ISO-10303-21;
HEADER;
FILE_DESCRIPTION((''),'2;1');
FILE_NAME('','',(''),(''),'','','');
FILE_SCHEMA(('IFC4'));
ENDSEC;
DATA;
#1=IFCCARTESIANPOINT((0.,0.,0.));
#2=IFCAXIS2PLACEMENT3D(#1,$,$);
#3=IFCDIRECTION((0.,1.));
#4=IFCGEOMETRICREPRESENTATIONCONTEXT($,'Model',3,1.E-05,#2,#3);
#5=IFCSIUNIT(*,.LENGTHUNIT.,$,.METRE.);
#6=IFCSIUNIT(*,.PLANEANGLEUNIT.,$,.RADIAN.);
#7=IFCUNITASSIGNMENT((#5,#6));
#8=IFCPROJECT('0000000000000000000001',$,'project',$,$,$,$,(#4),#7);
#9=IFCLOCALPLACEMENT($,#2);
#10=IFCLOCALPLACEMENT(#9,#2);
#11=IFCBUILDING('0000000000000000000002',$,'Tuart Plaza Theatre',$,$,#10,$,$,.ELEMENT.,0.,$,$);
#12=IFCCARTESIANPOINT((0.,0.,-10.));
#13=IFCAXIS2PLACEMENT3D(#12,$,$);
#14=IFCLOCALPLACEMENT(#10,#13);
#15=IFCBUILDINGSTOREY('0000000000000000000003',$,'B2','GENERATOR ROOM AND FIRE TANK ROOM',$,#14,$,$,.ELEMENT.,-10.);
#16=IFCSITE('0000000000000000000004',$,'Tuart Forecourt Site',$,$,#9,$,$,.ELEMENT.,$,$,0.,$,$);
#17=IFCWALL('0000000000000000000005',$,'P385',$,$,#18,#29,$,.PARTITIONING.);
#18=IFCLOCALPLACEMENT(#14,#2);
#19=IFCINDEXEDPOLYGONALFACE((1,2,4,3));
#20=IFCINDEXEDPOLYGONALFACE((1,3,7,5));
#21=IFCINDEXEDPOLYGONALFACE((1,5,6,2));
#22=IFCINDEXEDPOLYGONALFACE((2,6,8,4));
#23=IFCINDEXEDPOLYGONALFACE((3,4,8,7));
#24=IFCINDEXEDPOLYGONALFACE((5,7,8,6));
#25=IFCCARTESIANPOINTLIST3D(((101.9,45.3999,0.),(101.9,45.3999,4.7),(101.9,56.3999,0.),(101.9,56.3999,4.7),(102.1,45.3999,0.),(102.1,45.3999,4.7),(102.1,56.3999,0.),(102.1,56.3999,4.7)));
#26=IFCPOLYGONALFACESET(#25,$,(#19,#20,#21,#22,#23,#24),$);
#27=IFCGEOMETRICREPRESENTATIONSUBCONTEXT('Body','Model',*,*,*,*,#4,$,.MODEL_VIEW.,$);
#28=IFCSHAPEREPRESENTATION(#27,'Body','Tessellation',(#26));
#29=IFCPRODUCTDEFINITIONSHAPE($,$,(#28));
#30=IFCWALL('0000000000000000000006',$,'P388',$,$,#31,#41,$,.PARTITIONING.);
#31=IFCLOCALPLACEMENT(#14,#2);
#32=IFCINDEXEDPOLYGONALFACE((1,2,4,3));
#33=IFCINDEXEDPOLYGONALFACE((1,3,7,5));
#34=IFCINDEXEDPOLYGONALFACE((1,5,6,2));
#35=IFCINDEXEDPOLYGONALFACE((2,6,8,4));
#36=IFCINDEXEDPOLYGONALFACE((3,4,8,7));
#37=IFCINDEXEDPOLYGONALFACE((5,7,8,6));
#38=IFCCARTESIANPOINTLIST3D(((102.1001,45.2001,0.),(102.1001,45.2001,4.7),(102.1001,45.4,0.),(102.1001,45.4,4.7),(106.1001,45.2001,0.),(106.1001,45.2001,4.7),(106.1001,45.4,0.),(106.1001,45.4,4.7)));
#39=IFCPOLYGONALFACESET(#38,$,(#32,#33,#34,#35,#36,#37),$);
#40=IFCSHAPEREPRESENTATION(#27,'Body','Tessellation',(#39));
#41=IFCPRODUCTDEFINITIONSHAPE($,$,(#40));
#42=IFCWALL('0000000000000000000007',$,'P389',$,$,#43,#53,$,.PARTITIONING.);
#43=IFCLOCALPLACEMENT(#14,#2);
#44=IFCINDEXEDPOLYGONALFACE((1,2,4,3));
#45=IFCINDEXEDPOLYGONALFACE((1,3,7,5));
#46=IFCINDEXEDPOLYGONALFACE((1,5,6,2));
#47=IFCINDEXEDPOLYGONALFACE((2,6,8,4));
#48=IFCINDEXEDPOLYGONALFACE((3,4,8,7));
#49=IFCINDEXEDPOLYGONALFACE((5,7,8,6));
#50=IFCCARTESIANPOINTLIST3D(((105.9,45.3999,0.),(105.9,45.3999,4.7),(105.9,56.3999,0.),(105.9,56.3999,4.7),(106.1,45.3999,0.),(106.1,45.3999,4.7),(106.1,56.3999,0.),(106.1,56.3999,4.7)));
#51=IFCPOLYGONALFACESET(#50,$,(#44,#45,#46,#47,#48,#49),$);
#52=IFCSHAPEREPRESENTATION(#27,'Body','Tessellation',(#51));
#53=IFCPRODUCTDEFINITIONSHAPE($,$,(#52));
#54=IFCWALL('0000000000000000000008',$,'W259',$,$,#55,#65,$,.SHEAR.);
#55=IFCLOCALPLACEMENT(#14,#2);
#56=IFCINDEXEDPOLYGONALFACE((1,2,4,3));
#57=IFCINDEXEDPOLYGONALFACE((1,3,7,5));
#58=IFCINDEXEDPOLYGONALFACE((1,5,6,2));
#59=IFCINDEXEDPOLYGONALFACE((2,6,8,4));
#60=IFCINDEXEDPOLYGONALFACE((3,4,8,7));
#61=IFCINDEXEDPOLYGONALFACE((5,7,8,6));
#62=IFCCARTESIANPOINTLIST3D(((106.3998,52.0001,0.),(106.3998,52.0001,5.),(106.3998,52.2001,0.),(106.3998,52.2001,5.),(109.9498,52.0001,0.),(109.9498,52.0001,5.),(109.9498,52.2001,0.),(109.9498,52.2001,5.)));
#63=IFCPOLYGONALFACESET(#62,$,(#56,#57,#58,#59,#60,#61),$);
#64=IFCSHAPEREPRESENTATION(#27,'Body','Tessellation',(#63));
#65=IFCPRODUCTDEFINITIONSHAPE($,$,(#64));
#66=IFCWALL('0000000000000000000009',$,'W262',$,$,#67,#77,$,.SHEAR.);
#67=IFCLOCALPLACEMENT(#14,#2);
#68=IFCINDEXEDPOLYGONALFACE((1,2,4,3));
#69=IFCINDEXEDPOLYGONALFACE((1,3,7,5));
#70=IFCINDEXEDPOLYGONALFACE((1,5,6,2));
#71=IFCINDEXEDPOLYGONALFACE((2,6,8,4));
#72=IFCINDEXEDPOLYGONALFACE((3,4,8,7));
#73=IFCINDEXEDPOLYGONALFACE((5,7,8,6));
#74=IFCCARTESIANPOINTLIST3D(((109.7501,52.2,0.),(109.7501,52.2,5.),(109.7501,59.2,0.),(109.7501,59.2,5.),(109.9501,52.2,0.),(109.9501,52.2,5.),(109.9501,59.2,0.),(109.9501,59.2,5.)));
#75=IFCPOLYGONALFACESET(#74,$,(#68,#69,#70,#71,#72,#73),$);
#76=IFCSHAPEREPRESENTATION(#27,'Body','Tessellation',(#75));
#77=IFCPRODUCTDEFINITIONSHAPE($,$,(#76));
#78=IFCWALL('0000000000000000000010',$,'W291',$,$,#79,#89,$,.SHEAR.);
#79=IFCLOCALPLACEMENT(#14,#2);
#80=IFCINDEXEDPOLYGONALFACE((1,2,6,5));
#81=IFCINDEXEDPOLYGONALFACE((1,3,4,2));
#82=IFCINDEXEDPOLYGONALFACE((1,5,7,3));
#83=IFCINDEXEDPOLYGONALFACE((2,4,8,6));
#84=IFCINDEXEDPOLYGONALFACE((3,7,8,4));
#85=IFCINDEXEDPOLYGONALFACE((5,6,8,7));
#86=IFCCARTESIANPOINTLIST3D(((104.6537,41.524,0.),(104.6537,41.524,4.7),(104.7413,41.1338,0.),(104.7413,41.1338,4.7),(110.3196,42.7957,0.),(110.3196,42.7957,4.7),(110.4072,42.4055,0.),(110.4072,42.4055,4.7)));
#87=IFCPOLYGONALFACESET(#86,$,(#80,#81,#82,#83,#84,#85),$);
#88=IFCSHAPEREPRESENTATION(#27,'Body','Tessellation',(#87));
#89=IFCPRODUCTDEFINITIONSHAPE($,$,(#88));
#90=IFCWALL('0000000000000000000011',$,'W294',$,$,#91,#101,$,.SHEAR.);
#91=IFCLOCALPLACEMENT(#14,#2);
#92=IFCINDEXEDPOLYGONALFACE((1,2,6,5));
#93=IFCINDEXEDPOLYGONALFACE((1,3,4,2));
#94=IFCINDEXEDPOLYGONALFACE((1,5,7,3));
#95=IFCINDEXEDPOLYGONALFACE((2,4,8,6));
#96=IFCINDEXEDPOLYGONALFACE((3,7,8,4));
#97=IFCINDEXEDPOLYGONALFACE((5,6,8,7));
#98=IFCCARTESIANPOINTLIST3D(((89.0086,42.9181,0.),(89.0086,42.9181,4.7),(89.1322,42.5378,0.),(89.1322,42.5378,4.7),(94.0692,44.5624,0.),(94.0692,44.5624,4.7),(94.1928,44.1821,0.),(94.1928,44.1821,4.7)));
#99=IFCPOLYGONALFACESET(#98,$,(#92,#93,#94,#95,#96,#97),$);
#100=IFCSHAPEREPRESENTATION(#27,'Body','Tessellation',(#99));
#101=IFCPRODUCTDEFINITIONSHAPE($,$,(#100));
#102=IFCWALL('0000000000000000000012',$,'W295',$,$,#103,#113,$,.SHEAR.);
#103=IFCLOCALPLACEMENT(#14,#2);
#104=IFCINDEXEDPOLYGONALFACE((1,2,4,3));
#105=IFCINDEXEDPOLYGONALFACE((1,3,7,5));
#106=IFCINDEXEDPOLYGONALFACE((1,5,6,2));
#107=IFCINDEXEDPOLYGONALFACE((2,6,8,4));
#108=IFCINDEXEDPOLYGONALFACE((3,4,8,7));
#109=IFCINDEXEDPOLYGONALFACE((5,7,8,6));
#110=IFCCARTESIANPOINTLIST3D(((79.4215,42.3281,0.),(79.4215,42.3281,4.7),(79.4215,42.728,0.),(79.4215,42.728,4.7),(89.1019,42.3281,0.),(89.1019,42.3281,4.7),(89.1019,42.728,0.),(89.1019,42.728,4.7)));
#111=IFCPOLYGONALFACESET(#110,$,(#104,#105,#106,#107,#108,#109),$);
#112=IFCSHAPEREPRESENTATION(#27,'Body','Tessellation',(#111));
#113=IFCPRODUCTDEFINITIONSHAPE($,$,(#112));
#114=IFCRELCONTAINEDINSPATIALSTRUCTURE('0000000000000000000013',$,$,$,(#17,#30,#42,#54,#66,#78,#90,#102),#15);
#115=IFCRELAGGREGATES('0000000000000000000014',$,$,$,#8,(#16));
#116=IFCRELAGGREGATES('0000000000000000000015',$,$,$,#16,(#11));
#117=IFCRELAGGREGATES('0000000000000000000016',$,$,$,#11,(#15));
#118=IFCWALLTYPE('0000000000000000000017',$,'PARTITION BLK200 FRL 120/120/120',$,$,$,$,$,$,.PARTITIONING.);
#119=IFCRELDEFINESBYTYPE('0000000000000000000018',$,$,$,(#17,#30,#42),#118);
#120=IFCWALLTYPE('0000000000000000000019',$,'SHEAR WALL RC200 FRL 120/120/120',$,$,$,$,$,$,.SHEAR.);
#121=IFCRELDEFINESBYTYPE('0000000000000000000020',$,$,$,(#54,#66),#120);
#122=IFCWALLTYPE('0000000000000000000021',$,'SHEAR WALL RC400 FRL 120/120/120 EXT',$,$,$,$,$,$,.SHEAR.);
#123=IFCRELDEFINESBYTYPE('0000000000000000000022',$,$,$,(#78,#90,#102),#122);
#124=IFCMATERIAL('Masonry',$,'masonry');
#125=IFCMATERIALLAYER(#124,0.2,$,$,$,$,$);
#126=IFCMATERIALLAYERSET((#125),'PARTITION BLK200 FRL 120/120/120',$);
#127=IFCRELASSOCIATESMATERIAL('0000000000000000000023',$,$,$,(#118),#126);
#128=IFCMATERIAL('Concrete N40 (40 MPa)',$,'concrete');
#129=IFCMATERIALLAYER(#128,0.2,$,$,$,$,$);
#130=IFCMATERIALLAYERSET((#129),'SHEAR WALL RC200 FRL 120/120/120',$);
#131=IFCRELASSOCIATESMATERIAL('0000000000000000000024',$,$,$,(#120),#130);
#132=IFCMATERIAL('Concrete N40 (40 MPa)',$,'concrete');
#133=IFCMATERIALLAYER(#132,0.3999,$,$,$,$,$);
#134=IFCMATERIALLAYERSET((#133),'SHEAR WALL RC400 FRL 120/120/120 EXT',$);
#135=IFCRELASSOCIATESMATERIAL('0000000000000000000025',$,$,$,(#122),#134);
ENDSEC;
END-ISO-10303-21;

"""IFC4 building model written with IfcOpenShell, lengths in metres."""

from ifc_helpers import new_model, si_unit, direction, frame, frame_2d, origin, place, context, subcontext, project, spatial, rectangle, extrude, material, layer, layer_set, type_object, element, save


model = new_model("IFC4")

# Units and contexts
model_context = context("Model", 3, precision=1e-05, world=origin(), true_north=direction((0.0, 1.0)))
body_context = subcontext(model_context, "Body", "Model", "MODEL_VIEW")
ifc_project = project(units=[si_unit("LENGTHUNIT", "METRE"), si_unit("PLANEANGLEUNIT", "RADIAN")], contexts=[model_context])

# Site, building, storey
site_placement = place(None, origin())
site = spatial("IfcSite", under=ifc_project, at=site_placement, Name="Tuart Forecourt Site", CompositionType="ELEMENT", RefElevation=0.0)
building_placement = place(site_placement, origin())
building = spatial("IfcBuilding", under=site, at=building_placement, Name="Tuart Plaza Theatre", CompositionType="ELEMENT", ElevationOfRefHeight=0.0)
storey_placement = place(building_placement, frame((0.0, 0.0, -10.0)))
storey = spatial("IfcBuildingStorey", under=building, at=storey_placement, Name="B2", Description="GENERATOR ROOM AND FIRE TANK ROOM", CompositionType="ELEMENT", Elevation=-10.0)

# Walls
ifc_material_1 = material(Name="Masonry", Category="masonry")
ifc_layer_1 = layer(ifc_material_1, 0.2)
ifc_layer_set_1 = layer_set([ifc_layer_1], Name="PARTITION BLK200 FRL 120/120/120")
wall_type_1 = type_object("IfcWallType", Name="PARTITION BLK200 FRL 120/120/120", PredefinedType="PARTITIONING", material=ifc_layer_set_1)
wall_1_placement = place(storey_placement, frame((102.0, 45.3999, 0.0), z_axis=(0.0, 0.0, 1.0), x_axis=(0.0, 1.0, 0.0)))
element("IfcWall", 1, at=wall_1_placement, inside=storey, type_object=wall_type_1, Name="P385", PredefinedType="PARTITIONING", context=body_context, shape_type="SweptSolid", body=[
    extrude(rectangle(XDim=11.0, YDim=0.2, at=frame_2d((5.5, 0.0))), origin(), (0.0, 0.0, 1.0), 4.7),
])
wall_2_placement = place(storey_placement, frame((102.1001, 45.3, 0.0), z_axis=(0.0, 0.0, 1.0), x_axis=(1.0, 0.0, 0.0)))
element("IfcWall", 2, at=wall_2_placement, inside=storey, type_object=wall_type_1, Name="P388", PredefinedType="PARTITIONING", context=body_context, shape_type="SweptSolid", body=[
    extrude(rectangle(XDim=4.0, YDim=0.2, at=frame_2d((2.0, 0.0))), origin(), (0.0, 0.0, 1.0), 4.7),
])
wall_3_placement = place(storey_placement, frame((106.0, 45.3999, 0.0), z_axis=(0.0, 0.0, 1.0), x_axis=(0.0, 1.0, 0.0)))
element("IfcWall", 3, at=wall_3_placement, inside=storey, type_object=wall_type_1, Name="P389", PredefinedType="PARTITIONING", context=body_context, shape_type="SweptSolid", body=[
    extrude(rectangle(XDim=11.0, YDim=0.2, at=frame_2d((5.5, 0.0))), origin(), (0.0, 0.0, 1.0), 4.7),
])
ifc_material_2 = material(Name="Concrete N40 (40 MPa)", Category="concrete")
ifc_layer_2 = layer(ifc_material_2, 0.2)
ifc_layer_set_2 = layer_set([ifc_layer_2], Name="SHEAR WALL RC200 FRL 120/120/120")
wall_type_2 = type_object("IfcWallType", Name="SHEAR WALL RC200 FRL 120/120/120", PredefinedType="SHEAR", material=ifc_layer_set_2)
wall_4_placement = place(storey_placement, frame((106.3999, 52.1001, 0.0), z_axis=(0.0, 0.0, 1.0), x_axis=(1.0, 0.0, 0.0)))
element("IfcWall", 4, at=wall_4_placement, inside=storey, type_object=wall_type_2, Name="W259", PredefinedType="SHEAR", context=body_context, shape_type="SweptSolid", body=[
    extrude(rectangle(XDim=3.55, YDim=0.2, at=frame_2d((1.7749, 0.0))), origin(), (0.0, 0.0, 1.0), 5.0),
])
wall_5_placement = place(storey_placement, frame((109.8501, 52.2, 0.0), z_axis=(0.0, 0.0, 1.0), x_axis=(0.0, 1.0, 0.0)))
element("IfcWall", 5, at=wall_5_placement, inside=storey, type_object=wall_type_2, Name="W262", PredefinedType="SHEAR", context=body_context, shape_type="SweptSolid", body=[
    extrude(rectangle(XDim=7.0, YDim=0.2, at=frame_2d((3.5, 0.0))), origin(), (0.0, 0.0, 1.0), 5.0),
])
ifc_material_3 = material(Name="Concrete N40 (40 MPa)", Category="concrete")
ifc_layer_3 = layer(ifc_material_3, 0.3999)
ifc_layer_set_3 = layer_set([ifc_layer_3], Name="SHEAR WALL RC400 FRL 120/120/120 EXT")
wall_type_3 = type_object("IfcWallType", Name="SHEAR WALL RC400 FRL 120/120/120 EXT", PredefinedType="SHEAR", material=ifc_layer_set_3)
wall_6_placement = place(storey_placement, frame((110.3633, 42.6006, 0.0), z_axis=(0.0, 0.0, 1.0), x_axis=(-0.975725, -0.219, 0.0)))
element("IfcWall", 6, at=wall_6_placement, inside=storey, type_object=wall_type_3, Name="W291", PredefinedType="SHEAR", context=body_context, shape_type="SweptSolid", body=[
    extrude(rectangle(XDim=5.8069, YDim=0.3999, at=frame_2d((2.9033, 0.0))), origin(), (0.0, 0.0, 1.0), 4.7),
])
wall_7_placement = place(storey_placement, frame((94.1311, 44.3723, 0.0), z_axis=(0.0, 0.0, 1.0), x_axis=(-0.951056, -0.30902, 0.0)))
element("IfcWall", 7, at=wall_7_placement, inside=storey, type_object=wall_type_3, Name="W294", PredefinedType="SHEAR", context=body_context, shape_type="SweptSolid", body=[
    extrude(rectangle(XDim=5.321, YDim=0.3999, at=frame_2d((2.6606, 0.0))), origin(), (0.0, 0.0, 1.0), 4.7),
])
wall_8_placement = place(storey_placement, frame((89.1021, 42.5281, 0.0), z_axis=(0.0, 0.0, 1.0), x_axis=(-1.0, 0.0, 0.0)))
element("IfcWall", 8, at=wall_8_placement, inside=storey, type_object=wall_type_3, Name="W295", PredefinedType="SHEAR", context=body_context, shape_type="SweptSolid", body=[
    extrude(rectangle(XDim=9.6804, YDim=0.3999, at=frame_2d((4.8403, 0.0))), origin(), (0.0, 0.0, 1.0), 4.7),
])

save(model, "model.ifc")
